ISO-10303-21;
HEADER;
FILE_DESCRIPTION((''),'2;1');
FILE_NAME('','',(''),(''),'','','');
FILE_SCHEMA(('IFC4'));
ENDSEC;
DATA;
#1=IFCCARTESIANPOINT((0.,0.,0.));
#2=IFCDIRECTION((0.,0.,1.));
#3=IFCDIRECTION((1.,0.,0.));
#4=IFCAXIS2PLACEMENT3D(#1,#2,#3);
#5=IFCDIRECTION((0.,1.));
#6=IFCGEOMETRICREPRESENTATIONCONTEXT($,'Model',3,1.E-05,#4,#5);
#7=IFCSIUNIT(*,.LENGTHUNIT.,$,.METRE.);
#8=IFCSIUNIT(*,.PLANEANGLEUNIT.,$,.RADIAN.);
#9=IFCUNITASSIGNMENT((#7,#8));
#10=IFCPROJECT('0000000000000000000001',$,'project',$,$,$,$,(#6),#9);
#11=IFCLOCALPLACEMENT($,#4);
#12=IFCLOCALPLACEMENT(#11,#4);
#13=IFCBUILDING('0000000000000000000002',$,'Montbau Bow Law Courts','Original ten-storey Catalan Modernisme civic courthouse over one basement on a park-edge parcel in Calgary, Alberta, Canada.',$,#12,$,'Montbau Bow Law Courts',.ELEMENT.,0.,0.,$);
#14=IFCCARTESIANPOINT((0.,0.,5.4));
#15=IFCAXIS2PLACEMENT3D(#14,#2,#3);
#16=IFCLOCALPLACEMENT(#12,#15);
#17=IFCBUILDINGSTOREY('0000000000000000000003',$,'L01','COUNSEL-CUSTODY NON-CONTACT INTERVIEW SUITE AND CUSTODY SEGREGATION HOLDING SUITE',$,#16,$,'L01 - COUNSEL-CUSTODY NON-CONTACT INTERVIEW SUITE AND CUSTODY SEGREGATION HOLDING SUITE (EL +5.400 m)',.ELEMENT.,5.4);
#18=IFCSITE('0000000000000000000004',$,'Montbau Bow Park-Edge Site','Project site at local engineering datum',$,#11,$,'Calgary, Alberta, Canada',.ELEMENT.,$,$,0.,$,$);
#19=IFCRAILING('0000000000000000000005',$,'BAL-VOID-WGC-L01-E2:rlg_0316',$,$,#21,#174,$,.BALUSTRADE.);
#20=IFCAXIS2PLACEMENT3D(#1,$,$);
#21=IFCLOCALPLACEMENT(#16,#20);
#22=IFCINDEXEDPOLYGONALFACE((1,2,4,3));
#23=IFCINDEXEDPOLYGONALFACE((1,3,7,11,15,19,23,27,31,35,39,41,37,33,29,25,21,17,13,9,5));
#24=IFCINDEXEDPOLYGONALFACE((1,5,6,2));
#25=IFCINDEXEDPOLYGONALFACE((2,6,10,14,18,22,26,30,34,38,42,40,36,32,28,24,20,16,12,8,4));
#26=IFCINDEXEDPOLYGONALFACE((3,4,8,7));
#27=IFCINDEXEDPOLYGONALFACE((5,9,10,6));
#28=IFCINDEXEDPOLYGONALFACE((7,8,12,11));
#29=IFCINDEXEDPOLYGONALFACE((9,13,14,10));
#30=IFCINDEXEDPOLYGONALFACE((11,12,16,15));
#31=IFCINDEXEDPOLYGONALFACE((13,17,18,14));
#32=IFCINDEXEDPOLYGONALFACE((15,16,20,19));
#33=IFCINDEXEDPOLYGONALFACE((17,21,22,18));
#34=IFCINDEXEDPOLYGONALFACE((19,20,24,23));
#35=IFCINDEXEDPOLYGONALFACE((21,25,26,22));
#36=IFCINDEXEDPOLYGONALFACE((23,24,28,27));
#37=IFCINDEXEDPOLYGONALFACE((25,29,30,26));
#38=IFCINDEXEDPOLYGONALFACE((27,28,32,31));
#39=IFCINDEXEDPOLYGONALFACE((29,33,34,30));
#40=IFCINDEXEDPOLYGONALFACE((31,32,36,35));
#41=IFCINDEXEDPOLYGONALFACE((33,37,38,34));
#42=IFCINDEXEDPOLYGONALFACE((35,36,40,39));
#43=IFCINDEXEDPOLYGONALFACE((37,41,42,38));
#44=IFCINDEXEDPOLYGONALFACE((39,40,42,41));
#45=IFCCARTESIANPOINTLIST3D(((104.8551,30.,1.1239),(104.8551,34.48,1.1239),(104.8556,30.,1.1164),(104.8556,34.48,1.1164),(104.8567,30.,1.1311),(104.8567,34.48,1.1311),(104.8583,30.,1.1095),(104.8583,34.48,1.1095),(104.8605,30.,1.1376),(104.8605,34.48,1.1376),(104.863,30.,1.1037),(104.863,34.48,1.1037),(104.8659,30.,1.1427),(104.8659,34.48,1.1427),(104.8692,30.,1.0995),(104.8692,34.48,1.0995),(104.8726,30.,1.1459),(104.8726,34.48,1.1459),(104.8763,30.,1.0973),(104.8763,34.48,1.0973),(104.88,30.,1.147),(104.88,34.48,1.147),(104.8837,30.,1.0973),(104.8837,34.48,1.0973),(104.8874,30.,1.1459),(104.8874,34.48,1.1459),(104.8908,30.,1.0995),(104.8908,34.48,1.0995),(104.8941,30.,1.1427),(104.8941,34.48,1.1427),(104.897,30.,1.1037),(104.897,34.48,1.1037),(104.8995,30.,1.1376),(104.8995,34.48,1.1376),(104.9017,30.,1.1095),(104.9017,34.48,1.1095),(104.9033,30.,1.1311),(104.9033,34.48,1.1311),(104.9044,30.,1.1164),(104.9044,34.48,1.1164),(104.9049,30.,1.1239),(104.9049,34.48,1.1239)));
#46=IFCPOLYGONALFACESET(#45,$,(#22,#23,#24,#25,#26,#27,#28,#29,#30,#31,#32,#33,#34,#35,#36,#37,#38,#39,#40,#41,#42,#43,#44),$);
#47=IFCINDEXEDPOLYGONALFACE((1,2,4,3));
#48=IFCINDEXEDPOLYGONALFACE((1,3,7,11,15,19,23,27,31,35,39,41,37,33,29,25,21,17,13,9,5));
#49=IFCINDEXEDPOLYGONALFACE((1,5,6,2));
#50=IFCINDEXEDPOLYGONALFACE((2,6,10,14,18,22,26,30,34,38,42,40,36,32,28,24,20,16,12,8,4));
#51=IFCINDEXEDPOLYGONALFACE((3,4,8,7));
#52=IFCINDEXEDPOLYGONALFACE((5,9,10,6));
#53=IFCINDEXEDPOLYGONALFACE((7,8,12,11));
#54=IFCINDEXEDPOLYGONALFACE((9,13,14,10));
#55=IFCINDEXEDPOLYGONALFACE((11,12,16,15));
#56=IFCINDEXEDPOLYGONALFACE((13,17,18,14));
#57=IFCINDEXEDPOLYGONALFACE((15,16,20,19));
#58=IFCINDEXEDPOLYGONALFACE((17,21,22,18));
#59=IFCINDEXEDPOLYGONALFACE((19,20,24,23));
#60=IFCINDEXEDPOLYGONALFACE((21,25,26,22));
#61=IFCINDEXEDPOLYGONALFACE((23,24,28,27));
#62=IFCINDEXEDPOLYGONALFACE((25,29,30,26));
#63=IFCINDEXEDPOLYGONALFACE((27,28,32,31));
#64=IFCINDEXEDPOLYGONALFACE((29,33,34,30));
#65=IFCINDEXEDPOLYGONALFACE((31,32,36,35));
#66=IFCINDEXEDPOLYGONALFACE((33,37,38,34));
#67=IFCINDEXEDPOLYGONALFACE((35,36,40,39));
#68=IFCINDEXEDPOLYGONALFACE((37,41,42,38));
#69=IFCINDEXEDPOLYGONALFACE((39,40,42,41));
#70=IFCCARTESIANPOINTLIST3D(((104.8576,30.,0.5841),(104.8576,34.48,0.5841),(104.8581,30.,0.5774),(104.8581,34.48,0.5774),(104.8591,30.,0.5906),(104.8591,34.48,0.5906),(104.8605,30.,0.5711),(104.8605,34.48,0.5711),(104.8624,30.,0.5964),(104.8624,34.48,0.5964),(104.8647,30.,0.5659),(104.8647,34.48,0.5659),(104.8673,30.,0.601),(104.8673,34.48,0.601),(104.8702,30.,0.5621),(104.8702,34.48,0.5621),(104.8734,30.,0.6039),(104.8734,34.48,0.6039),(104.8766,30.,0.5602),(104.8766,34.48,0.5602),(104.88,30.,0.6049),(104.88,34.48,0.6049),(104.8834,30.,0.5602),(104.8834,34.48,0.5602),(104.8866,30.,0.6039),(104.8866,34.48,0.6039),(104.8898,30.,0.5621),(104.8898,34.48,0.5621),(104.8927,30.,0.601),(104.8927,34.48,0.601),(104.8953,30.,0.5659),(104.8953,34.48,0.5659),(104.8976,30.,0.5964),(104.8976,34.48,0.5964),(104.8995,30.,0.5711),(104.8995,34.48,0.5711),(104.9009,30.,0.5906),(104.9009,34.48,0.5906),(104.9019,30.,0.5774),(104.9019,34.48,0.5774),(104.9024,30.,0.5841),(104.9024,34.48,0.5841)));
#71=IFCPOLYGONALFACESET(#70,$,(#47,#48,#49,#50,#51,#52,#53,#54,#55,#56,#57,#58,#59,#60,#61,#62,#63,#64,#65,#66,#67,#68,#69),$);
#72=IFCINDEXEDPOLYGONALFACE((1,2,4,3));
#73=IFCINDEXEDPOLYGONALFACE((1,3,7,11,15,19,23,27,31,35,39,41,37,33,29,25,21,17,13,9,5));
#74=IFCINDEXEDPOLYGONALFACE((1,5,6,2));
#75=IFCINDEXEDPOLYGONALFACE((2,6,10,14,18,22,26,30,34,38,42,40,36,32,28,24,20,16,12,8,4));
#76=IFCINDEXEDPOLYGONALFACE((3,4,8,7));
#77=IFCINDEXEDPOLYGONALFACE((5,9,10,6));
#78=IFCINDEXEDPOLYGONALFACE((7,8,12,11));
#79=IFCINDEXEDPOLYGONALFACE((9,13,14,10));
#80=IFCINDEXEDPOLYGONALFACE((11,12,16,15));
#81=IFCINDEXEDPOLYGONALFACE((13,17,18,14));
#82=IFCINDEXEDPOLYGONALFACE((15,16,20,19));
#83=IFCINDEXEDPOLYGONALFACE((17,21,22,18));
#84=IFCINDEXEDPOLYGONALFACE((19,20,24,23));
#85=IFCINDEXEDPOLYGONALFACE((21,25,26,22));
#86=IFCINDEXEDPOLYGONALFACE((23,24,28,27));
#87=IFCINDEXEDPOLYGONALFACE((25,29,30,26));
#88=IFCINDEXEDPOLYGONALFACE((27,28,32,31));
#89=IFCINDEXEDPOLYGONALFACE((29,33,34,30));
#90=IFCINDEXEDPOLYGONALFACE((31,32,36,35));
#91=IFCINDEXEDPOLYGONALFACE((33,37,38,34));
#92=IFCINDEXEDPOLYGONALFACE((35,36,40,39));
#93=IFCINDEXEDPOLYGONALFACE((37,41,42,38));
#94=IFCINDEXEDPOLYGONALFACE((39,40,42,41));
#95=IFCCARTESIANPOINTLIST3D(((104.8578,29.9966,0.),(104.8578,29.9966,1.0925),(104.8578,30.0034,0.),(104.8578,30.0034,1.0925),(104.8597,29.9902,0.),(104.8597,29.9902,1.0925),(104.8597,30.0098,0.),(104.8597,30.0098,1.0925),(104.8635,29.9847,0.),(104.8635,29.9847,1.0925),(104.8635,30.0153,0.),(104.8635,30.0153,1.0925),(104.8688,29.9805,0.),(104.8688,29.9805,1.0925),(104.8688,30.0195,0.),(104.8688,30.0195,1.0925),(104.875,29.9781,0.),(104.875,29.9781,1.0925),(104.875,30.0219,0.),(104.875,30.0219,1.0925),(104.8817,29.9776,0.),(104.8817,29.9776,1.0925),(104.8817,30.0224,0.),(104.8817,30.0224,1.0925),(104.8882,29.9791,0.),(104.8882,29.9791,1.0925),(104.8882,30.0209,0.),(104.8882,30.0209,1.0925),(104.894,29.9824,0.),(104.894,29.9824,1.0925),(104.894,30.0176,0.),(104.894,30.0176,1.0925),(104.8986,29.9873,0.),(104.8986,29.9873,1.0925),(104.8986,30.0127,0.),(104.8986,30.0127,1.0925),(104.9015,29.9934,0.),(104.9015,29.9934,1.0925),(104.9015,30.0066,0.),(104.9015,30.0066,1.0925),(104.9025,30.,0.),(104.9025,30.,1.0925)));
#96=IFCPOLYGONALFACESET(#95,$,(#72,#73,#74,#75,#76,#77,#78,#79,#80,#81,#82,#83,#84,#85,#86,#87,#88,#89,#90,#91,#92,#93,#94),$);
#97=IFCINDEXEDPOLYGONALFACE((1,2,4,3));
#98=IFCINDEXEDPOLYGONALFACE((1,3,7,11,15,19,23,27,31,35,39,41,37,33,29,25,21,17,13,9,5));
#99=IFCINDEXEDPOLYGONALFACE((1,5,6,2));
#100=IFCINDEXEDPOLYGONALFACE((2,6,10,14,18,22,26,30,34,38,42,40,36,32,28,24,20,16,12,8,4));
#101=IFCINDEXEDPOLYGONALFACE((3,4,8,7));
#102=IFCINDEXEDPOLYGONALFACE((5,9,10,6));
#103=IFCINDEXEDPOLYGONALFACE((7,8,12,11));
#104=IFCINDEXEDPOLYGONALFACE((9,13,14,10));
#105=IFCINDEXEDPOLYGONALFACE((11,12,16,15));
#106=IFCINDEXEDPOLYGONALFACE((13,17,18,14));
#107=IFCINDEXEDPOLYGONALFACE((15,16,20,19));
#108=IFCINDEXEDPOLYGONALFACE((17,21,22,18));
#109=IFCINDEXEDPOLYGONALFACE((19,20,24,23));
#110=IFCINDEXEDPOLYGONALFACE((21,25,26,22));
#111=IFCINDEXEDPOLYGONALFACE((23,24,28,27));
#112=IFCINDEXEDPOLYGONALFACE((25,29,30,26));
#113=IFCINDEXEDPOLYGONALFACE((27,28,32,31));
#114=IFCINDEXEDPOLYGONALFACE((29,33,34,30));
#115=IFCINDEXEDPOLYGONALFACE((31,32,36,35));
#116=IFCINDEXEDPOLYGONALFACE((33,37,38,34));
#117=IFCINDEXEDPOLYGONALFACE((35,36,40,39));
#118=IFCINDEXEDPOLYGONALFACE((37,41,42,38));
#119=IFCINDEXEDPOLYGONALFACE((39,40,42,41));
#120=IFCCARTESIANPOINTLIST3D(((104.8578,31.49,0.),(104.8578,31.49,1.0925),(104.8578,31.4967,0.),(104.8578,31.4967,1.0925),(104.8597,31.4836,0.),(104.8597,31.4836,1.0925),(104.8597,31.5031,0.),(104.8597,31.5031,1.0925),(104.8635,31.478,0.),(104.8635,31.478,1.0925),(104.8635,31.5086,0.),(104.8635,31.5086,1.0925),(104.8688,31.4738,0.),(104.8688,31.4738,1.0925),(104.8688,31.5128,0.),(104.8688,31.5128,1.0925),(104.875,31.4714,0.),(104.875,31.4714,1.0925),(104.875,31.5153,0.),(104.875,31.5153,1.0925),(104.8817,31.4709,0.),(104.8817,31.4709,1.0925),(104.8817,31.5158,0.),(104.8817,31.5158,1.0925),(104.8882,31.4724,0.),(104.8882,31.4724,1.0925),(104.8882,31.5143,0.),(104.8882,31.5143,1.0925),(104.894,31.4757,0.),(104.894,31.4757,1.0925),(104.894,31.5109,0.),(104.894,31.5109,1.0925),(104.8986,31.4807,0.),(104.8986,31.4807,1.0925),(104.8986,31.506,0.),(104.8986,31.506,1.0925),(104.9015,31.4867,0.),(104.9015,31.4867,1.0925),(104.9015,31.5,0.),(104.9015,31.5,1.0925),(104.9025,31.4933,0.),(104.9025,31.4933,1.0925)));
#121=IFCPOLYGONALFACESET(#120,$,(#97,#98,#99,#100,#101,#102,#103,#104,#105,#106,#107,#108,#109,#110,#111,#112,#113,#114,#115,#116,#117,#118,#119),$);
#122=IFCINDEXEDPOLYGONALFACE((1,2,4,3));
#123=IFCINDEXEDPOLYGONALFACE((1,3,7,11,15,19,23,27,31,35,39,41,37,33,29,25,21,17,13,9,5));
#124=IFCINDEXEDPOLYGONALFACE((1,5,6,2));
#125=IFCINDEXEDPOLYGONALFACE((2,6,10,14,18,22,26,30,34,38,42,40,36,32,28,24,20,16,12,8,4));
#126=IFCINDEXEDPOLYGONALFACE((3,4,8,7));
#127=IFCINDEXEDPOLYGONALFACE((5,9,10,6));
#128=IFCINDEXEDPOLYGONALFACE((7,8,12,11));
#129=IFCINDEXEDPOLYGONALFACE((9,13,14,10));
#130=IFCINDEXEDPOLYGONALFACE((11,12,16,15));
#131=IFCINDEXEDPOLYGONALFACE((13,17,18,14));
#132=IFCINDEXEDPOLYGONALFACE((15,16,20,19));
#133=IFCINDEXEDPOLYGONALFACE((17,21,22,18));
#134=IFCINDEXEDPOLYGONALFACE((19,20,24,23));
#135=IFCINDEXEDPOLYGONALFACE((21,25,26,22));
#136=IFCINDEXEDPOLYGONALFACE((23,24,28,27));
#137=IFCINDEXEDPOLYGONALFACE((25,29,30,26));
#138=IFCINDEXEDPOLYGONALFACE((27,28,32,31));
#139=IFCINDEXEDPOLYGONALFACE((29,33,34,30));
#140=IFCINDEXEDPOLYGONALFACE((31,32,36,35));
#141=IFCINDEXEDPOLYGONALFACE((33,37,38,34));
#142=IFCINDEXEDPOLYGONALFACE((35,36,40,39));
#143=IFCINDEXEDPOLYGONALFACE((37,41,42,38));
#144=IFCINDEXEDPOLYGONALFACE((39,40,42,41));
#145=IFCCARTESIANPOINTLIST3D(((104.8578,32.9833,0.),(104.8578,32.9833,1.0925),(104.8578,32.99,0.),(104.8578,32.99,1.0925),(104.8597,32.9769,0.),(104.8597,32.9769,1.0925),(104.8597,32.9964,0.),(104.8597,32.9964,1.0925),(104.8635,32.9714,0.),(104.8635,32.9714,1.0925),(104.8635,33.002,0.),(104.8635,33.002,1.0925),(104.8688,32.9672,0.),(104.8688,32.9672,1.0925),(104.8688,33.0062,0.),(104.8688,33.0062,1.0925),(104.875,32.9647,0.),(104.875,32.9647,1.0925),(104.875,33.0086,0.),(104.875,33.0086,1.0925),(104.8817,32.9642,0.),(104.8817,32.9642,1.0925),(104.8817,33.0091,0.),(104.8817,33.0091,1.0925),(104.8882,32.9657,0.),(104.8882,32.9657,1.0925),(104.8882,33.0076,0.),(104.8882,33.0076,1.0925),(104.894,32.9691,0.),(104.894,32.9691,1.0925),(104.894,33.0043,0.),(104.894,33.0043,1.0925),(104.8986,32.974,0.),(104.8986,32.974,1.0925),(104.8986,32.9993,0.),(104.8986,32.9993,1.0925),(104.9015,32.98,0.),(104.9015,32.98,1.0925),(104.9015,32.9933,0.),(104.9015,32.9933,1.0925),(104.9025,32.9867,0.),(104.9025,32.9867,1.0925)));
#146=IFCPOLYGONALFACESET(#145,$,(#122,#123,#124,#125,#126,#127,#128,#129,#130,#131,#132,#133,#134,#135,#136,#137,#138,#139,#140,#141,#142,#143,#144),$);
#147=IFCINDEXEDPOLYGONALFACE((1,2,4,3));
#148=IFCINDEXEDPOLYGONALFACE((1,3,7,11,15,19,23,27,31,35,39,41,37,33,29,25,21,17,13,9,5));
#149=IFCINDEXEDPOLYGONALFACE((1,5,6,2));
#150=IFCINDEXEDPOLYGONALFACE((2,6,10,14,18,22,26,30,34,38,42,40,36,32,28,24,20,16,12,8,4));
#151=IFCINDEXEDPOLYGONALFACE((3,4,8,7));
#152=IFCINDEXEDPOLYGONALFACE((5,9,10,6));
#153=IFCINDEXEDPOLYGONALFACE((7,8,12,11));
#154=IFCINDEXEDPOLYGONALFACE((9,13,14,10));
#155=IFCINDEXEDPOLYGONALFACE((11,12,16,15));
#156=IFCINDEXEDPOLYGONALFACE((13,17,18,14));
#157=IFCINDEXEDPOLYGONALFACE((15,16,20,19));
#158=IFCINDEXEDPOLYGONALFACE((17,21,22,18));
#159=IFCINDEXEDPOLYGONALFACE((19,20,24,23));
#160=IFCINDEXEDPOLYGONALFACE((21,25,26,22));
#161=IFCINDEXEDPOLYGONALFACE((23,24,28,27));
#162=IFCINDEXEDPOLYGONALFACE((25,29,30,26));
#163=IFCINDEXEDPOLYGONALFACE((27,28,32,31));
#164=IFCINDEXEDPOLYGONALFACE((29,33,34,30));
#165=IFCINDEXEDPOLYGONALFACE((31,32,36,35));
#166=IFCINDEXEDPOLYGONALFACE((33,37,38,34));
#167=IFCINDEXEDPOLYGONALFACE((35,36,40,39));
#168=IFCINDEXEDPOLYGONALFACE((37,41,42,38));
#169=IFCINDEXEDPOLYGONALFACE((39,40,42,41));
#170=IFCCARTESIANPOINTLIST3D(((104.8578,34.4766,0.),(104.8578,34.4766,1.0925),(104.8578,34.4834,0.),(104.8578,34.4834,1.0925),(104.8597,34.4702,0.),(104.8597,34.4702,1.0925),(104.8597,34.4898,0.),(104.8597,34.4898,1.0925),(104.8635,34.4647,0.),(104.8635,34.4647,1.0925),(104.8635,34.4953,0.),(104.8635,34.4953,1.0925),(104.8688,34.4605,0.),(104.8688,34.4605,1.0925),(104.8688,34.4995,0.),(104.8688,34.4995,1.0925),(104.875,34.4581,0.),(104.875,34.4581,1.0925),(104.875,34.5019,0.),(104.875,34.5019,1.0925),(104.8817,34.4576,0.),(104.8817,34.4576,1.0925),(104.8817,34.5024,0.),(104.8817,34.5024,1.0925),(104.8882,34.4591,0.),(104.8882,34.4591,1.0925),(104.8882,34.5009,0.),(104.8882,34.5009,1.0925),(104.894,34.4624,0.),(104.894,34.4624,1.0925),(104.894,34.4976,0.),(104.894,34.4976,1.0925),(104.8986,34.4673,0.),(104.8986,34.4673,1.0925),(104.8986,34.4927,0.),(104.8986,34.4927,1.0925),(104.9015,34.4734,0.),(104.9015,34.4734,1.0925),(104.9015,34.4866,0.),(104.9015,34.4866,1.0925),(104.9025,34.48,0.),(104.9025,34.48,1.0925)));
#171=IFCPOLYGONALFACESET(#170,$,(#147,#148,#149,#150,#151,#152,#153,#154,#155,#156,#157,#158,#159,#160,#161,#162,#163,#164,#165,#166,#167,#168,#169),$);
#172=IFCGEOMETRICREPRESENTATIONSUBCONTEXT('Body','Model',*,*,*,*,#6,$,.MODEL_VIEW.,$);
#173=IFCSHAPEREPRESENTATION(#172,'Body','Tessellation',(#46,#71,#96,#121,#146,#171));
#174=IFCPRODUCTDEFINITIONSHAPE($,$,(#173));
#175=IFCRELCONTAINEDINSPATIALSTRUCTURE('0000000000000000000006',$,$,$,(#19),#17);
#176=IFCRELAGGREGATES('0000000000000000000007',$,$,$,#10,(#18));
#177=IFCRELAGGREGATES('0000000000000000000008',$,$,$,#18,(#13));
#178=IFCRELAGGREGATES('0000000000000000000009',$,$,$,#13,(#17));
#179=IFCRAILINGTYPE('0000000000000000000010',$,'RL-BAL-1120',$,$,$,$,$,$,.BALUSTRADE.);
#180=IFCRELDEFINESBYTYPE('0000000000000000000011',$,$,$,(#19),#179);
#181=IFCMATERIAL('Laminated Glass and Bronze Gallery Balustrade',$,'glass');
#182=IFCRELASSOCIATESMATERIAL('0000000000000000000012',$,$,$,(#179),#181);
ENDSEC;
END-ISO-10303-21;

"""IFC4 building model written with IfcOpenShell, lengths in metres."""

from ifc_helpers import new_model, si_unit, direction, frame, origin_with_axes, origin_2d_with_axis, place, context, subcontext, project, spatial, circle, extrude, material, type_object, element, save


model = new_model("IFC4")

# Units and contexts
model_context = context("Model", 3, precision=1e-05, world=origin_with_axes(), true_north=direction((0.0, 1.0)))
body_context = subcontext(model_context, "Body", "Model", "MODEL_VIEW")
ifc_project = project(units=[si_unit("LENGTHUNIT", "METRE"), si_unit("PLANEANGLEUNIT", "RADIAN")], contexts=[model_context])

# Site, building, storey
site_placement = place(None, origin_with_axes())
site = spatial("IfcSite", under=ifc_project, at=site_placement, Name="Montbau Bow Park-Edge Site", Description="Project site at local engineering datum", LongName="Calgary, Alberta, Canada", CompositionType="ELEMENT", RefElevation=0.0)
building_placement = place(site_placement, origin_with_axes())
building = spatial("IfcBuilding", under=site, at=building_placement, Name="Montbau Bow Law Courts", Description="Original ten-storey Catalan Modernisme civic courthouse over one basement on a park-edge parcel in Calgary, Alberta, Canada.", LongName="Montbau Bow Law Courts", CompositionType="ELEMENT", ElevationOfRefHeight=0.0, ElevationOfTerrain=0.0)
storey_placement = place(building_placement, frame((0.0, 0.0, 5.4), z_axis=(0.0, 0.0, 1.0), x_axis=(1.0, 0.0, 0.0)))
storey = spatial("IfcBuildingStorey", under=building, at=storey_placement, Name="L01", Description="COUNSEL-CUSTODY NON-CONTACT INTERVIEW SUITE AND CUSTODY SEGREGATION HOLDING SUITE", LongName="L01 - COUNSEL-CUSTODY NON-CONTACT INTERVIEW SUITE AND CUSTODY SEGREGATION HOLDING SUITE (EL +5.400 m)", CompositionType="ELEMENT", Elevation=5.4)

# Railing
ifc_material_1 = material(Name="Laminated Glass and Bronze Gallery Balustrade", Category="glass")
railing_type_1 = type_object("IfcRailingType", Name="RL-BAL-1120", PredefinedType="BALUSTRADE", material=ifc_material_1)
railing_1_placement = place(None, origin_with_axes())
element("IfcRailing", 1, at=railing_1_placement, inside=storey, type_object=railing_type_1, Name="BAL-VOID-WGC-L01-E2:rlg_0316", PredefinedType="BALUSTRADE", context=body_context, shape_type="SweptSolid", body=[
    extrude(circle(Radius=0.025, at=origin_2d_with_axis()), frame((104.88, 30.0, 6.522), z_axis=(0.0, 1.0, 0.0), x_axis=(0.0, 0.0, 1.0)), (0.0, 0.0, 1.0), 4.48),
    extrude(circle(Radius=0.0225, at=origin_2d_with_axis()), frame((104.88, 30.0, 5.9824), z_axis=(0.0, 1.0, 0.0), x_axis=(0.0, 0.0, 1.0)), (0.0, 0.0, 1.0), 4.48),
    extrude(circle(Radius=0.0225, at=origin_2d_with_axis()), frame((104.88, 30.0, 5.4), z_axis=(0.0, 0.0, 1.0), x_axis=(1.0, 0.0, 0.0)), (0.0, 0.0, 1.0), 1.0925),
    extrude(circle(Radius=0.0225, at=origin_2d_with_axis()), frame((104.88, 31.4933, 5.4), z_axis=(0.0, 0.0, 1.0), x_axis=(1.0, 0.0, 0.0)), (0.0, 0.0, 1.0), 1.0925),
    extrude(circle(Radius=0.0225, at=origin_2d_with_axis()), frame((104.88, 32.9867, 5.4), z_axis=(0.0, 0.0, 1.0), x_axis=(1.0, 0.0, 0.0)), (0.0, 0.0, 1.0), 1.0925),
    extrude(circle(Radius=0.0225, at=origin_2d_with_axis()), frame((104.88, 34.48, 5.4), z_axis=(0.0, 0.0, 1.0), x_axis=(1.0, 0.0, 0.0)), (0.0, 0.0, 1.0), 1.0925),
])

save(model, "model.ifc")
